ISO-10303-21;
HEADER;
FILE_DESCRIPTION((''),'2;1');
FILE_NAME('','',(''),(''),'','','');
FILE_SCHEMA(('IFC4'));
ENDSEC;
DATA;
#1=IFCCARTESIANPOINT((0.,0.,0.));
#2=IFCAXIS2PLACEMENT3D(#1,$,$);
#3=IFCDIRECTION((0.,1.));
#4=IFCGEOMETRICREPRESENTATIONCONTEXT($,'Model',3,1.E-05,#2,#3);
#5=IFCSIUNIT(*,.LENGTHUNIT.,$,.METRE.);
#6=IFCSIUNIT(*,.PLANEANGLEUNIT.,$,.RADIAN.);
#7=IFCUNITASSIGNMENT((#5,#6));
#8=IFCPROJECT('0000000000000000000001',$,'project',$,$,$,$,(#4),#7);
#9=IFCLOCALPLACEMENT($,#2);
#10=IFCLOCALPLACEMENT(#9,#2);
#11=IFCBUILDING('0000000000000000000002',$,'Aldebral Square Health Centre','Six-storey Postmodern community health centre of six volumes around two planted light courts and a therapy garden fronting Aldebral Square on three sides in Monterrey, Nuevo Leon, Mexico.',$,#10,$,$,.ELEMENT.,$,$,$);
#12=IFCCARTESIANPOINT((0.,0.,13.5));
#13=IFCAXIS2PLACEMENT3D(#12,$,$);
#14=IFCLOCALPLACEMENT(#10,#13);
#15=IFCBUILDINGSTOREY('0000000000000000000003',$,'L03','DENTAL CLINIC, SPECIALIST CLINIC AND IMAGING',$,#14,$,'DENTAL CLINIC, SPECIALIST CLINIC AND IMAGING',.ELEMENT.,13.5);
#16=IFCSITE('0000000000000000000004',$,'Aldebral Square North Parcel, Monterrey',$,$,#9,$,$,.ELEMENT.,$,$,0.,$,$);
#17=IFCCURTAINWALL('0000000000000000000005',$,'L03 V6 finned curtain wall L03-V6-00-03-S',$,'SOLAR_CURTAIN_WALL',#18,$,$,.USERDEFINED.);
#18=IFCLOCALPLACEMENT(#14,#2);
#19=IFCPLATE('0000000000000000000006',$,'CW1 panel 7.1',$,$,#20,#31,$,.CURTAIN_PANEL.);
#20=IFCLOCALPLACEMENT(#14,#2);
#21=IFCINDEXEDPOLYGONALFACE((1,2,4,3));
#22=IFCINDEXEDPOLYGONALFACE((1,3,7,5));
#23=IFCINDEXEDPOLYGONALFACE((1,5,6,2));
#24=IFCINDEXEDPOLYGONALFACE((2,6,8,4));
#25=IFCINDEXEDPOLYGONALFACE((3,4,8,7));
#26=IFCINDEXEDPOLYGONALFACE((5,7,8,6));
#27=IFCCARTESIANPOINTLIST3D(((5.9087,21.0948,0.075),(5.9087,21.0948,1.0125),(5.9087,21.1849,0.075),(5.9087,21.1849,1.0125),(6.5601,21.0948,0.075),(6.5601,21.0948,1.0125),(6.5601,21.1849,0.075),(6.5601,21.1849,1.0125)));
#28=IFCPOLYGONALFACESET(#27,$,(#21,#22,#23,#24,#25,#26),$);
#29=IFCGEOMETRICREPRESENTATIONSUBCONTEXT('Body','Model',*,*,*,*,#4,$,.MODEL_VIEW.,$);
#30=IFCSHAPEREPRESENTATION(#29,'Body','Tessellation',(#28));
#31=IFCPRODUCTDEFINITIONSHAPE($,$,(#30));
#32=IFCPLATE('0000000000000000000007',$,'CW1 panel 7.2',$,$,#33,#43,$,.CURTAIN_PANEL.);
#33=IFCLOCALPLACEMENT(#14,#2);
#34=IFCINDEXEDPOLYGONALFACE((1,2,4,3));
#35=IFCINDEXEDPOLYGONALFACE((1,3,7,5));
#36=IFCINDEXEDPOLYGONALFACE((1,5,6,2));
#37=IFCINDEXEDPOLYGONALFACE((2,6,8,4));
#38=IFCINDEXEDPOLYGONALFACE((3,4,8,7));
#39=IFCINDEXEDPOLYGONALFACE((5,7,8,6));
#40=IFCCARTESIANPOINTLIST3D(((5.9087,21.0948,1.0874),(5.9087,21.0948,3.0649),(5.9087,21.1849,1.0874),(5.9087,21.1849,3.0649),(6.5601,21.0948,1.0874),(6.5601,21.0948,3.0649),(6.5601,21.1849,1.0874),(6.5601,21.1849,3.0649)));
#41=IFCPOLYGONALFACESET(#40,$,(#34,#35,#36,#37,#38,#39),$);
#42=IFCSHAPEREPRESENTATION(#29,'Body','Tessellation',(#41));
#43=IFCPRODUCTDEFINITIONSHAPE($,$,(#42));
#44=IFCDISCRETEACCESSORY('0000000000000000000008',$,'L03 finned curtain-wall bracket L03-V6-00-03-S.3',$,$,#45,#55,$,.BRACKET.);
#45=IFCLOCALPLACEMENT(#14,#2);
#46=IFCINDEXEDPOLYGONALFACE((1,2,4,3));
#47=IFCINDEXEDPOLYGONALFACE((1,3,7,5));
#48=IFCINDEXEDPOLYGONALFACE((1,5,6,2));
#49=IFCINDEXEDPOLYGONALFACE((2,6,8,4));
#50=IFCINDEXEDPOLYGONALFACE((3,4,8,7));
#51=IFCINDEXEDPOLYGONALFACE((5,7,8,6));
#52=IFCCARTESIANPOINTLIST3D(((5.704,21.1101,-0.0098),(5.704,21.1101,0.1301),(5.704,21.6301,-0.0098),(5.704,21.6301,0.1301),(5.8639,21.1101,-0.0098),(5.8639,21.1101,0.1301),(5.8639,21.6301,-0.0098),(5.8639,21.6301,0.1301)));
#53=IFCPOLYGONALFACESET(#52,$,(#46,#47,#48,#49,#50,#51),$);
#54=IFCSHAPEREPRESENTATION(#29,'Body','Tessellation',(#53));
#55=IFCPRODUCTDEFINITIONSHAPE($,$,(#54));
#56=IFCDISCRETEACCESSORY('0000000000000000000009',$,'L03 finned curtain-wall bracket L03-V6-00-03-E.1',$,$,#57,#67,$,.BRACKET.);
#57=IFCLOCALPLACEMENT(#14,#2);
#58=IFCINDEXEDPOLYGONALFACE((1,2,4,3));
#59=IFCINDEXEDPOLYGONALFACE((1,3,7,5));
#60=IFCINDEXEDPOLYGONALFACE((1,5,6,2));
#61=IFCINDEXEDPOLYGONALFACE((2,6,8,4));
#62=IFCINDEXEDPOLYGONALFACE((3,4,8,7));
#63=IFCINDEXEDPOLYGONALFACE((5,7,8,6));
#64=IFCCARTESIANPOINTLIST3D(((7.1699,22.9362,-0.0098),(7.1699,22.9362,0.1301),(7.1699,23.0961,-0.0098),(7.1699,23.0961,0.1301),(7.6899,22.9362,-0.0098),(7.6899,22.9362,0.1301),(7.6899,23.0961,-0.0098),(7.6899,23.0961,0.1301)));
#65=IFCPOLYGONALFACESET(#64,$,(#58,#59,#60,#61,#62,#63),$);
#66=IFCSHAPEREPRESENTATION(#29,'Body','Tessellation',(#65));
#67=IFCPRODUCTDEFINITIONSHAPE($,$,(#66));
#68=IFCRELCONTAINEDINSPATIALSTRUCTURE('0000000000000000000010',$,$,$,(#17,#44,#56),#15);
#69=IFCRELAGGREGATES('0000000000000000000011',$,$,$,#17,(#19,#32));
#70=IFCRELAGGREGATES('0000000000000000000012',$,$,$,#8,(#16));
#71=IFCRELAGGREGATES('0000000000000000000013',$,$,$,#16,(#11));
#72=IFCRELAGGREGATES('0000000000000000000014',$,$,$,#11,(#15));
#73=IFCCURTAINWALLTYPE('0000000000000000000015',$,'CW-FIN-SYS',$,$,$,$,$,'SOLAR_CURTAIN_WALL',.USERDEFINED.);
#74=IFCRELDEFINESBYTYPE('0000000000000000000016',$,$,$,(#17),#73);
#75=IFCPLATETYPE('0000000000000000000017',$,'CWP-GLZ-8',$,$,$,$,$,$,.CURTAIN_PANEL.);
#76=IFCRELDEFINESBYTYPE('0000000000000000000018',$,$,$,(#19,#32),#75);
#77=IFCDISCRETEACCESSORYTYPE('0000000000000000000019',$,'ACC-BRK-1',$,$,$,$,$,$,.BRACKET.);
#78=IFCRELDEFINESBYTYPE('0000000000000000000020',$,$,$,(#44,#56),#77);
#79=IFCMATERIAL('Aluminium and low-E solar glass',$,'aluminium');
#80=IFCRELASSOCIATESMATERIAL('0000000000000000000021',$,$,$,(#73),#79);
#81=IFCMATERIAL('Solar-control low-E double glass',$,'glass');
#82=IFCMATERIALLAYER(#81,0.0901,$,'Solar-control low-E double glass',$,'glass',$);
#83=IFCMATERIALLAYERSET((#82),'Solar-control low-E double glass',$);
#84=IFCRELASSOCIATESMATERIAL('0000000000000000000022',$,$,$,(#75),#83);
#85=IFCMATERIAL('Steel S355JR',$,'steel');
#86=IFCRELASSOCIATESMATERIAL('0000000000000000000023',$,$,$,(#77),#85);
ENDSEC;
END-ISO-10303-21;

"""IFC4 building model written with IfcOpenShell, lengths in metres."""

from ifc_helpers import new_model, si_unit, direction, frame, origin, origin_2d, place, context, subcontext, project, spatial, rectangle, extrude, material, layer, layer_set, type_object, element, aggregate, save


model = new_model("IFC4")

# Units and contexts
model_context = context("Model", 3, precision=1e-05, world=origin(), true_north=direction((0.0, 1.0)))
body_context = subcontext(model_context, "Body", "Model", "MODEL_VIEW")
ifc_project = project(units=[si_unit("LENGTHUNIT", "METRE"), si_unit("PLANEANGLEUNIT", "RADIAN")], contexts=[model_context])

# Site, building, storey
site_placement = place(None, origin())
site = spatial("IfcSite", under=ifc_project, at=site_placement, Name="Aldebral Square North Parcel, Monterrey", CompositionType="ELEMENT", RefElevation=0.0)
building_placement = place(site_placement, origin())
building = spatial("IfcBuilding", under=site, at=building_placement, Name="Aldebral Square Health Centre", Description="Six-storey Postmodern community health centre of six volumes around two planted light courts and a therapy garden fronting Aldebral Square on three sides in Monterrey, Nuevo Leon, Mexico.", CompositionType="ELEMENT")
storey_placement = place(building_placement, frame((0.0, 0.0, 13.5)))
storey = spatial("IfcBuildingStorey", under=building, at=storey_placement, Name="L03", Description="DENTAL CLINIC, SPECIALIST CLINIC AND IMAGING", LongName="DENTAL CLINIC, SPECIALIST CLINIC AND IMAGING", CompositionType="ELEMENT", Elevation=13.5)

# Curtain wall
ifc_material_1 = material(Name="Aluminium and low-E solar glass", Category="aluminium")
curtain_wall_type = type_object("IfcCurtainWallType", Name="CW-FIN-SYS", ElementType="SOLAR_CURTAIN_WALL", PredefinedType="USERDEFINED", material=ifc_material_1)
curtain_wall_1_placement = place(storey_placement, origin())
curtain_wall_1 = element("IfcCurtainWall", 1, at=curtain_wall_1_placement, inside=storey, type_object=curtain_wall_type, Name="L03 V6 finned curtain wall L03-V6-00-03-S", ObjectType="SOLAR_CURTAIN_WALL", PredefinedType="USERDEFINED")

# Plates
ifc_material_2 = material(Name="Solar-control low-E double glass", Category="glass")
ifc_layer_1 = layer(ifc_material_2, 0.0901, Name="Solar-control low-E double glass", Category="glass")
ifc_layer_set_1 = layer_set([ifc_layer_1], Name="Solar-control low-E double glass")
plate_type_1 = type_object("IfcPlateType", Name="CWP-GLZ-8", PredefinedType="CURTAIN_PANEL", material=ifc_layer_set_1)
plate_1_placement = place(storey_placement, frame((6.2344, 21.1399, 0.075), z_axis=(0.0, 0.0, 1.0), x_axis=(1.0, 0.0, 0.0)))
plate_1 = element("IfcPlate", 2, at=plate_1_placement, type_object=plate_type_1, Name="CW1 panel 7.1", PredefinedType="CURTAIN_PANEL", context=body_context, shape_type="SweptSolid", body=[
    extrude(rectangle(XDim=0.6514, YDim=0.0901, at=origin_2d()), origin(), (0.0, 0.0, 1.0), 0.9375),
])
plate_2_placement = place(storey_placement, frame((6.2344, 21.1399, 1.0874), z_axis=(0.0, 0.0, 1.0), x_axis=(1.0, 0.0, 0.0)))
plate_2 = element("IfcPlate", 3, at=plate_2_placement, type_object=plate_type_1, Name="CW1 panel 7.2", PredefinedType="CURTAIN_PANEL", context=body_context, shape_type="SweptSolid", body=[
    extrude(rectangle(XDim=0.6514, YDim=0.0901, at=origin_2d()), origin(), (0.0, 0.0, 1.0), 1.9775),
])
aggregate(curtain_wall_1, [plate_1, plate_2])

# Discrete accessories
ifc_material_3 = material(Name="Steel S355JR", Category="steel")
discrete_accessory_type = type_object("IfcDiscreteAccessoryType", Name="ACC-BRK-1", PredefinedType="BRACKET", material=ifc_material_3)
for number, where, z_axis, x_axis, name in (
    (4, (5.7839, 21.3701, -0.0098), (0.0, 0.0, 1.0), (1.0, 0.0, 0.0), "L03 finned curtain-wall bracket L03-V6-00-03-S.3"),
    (5, (7.4299, 23.0161, -0.0098), (0.0, 0.0, 1.0), (0.0, 1.0, 0.0), "L03 finned curtain-wall bracket L03-V6-00-03-E.1"),
):
    element("IfcDiscreteAccessory", number, at=place(storey_placement, frame(where, z_axis=z_axis, x_axis=x_axis)), inside=storey, type_object=discrete_accessory_type, Name=name, PredefinedType="BRACKET", context=body_context, shape_type="SweptSolid", body=[
        extrude(rectangle(XDim=0.1599, YDim=0.52, at=origin_2d()), origin(), (0.0, 0.0, 1.0), 0.1399),
    ])

save(model, "model.ifc")
